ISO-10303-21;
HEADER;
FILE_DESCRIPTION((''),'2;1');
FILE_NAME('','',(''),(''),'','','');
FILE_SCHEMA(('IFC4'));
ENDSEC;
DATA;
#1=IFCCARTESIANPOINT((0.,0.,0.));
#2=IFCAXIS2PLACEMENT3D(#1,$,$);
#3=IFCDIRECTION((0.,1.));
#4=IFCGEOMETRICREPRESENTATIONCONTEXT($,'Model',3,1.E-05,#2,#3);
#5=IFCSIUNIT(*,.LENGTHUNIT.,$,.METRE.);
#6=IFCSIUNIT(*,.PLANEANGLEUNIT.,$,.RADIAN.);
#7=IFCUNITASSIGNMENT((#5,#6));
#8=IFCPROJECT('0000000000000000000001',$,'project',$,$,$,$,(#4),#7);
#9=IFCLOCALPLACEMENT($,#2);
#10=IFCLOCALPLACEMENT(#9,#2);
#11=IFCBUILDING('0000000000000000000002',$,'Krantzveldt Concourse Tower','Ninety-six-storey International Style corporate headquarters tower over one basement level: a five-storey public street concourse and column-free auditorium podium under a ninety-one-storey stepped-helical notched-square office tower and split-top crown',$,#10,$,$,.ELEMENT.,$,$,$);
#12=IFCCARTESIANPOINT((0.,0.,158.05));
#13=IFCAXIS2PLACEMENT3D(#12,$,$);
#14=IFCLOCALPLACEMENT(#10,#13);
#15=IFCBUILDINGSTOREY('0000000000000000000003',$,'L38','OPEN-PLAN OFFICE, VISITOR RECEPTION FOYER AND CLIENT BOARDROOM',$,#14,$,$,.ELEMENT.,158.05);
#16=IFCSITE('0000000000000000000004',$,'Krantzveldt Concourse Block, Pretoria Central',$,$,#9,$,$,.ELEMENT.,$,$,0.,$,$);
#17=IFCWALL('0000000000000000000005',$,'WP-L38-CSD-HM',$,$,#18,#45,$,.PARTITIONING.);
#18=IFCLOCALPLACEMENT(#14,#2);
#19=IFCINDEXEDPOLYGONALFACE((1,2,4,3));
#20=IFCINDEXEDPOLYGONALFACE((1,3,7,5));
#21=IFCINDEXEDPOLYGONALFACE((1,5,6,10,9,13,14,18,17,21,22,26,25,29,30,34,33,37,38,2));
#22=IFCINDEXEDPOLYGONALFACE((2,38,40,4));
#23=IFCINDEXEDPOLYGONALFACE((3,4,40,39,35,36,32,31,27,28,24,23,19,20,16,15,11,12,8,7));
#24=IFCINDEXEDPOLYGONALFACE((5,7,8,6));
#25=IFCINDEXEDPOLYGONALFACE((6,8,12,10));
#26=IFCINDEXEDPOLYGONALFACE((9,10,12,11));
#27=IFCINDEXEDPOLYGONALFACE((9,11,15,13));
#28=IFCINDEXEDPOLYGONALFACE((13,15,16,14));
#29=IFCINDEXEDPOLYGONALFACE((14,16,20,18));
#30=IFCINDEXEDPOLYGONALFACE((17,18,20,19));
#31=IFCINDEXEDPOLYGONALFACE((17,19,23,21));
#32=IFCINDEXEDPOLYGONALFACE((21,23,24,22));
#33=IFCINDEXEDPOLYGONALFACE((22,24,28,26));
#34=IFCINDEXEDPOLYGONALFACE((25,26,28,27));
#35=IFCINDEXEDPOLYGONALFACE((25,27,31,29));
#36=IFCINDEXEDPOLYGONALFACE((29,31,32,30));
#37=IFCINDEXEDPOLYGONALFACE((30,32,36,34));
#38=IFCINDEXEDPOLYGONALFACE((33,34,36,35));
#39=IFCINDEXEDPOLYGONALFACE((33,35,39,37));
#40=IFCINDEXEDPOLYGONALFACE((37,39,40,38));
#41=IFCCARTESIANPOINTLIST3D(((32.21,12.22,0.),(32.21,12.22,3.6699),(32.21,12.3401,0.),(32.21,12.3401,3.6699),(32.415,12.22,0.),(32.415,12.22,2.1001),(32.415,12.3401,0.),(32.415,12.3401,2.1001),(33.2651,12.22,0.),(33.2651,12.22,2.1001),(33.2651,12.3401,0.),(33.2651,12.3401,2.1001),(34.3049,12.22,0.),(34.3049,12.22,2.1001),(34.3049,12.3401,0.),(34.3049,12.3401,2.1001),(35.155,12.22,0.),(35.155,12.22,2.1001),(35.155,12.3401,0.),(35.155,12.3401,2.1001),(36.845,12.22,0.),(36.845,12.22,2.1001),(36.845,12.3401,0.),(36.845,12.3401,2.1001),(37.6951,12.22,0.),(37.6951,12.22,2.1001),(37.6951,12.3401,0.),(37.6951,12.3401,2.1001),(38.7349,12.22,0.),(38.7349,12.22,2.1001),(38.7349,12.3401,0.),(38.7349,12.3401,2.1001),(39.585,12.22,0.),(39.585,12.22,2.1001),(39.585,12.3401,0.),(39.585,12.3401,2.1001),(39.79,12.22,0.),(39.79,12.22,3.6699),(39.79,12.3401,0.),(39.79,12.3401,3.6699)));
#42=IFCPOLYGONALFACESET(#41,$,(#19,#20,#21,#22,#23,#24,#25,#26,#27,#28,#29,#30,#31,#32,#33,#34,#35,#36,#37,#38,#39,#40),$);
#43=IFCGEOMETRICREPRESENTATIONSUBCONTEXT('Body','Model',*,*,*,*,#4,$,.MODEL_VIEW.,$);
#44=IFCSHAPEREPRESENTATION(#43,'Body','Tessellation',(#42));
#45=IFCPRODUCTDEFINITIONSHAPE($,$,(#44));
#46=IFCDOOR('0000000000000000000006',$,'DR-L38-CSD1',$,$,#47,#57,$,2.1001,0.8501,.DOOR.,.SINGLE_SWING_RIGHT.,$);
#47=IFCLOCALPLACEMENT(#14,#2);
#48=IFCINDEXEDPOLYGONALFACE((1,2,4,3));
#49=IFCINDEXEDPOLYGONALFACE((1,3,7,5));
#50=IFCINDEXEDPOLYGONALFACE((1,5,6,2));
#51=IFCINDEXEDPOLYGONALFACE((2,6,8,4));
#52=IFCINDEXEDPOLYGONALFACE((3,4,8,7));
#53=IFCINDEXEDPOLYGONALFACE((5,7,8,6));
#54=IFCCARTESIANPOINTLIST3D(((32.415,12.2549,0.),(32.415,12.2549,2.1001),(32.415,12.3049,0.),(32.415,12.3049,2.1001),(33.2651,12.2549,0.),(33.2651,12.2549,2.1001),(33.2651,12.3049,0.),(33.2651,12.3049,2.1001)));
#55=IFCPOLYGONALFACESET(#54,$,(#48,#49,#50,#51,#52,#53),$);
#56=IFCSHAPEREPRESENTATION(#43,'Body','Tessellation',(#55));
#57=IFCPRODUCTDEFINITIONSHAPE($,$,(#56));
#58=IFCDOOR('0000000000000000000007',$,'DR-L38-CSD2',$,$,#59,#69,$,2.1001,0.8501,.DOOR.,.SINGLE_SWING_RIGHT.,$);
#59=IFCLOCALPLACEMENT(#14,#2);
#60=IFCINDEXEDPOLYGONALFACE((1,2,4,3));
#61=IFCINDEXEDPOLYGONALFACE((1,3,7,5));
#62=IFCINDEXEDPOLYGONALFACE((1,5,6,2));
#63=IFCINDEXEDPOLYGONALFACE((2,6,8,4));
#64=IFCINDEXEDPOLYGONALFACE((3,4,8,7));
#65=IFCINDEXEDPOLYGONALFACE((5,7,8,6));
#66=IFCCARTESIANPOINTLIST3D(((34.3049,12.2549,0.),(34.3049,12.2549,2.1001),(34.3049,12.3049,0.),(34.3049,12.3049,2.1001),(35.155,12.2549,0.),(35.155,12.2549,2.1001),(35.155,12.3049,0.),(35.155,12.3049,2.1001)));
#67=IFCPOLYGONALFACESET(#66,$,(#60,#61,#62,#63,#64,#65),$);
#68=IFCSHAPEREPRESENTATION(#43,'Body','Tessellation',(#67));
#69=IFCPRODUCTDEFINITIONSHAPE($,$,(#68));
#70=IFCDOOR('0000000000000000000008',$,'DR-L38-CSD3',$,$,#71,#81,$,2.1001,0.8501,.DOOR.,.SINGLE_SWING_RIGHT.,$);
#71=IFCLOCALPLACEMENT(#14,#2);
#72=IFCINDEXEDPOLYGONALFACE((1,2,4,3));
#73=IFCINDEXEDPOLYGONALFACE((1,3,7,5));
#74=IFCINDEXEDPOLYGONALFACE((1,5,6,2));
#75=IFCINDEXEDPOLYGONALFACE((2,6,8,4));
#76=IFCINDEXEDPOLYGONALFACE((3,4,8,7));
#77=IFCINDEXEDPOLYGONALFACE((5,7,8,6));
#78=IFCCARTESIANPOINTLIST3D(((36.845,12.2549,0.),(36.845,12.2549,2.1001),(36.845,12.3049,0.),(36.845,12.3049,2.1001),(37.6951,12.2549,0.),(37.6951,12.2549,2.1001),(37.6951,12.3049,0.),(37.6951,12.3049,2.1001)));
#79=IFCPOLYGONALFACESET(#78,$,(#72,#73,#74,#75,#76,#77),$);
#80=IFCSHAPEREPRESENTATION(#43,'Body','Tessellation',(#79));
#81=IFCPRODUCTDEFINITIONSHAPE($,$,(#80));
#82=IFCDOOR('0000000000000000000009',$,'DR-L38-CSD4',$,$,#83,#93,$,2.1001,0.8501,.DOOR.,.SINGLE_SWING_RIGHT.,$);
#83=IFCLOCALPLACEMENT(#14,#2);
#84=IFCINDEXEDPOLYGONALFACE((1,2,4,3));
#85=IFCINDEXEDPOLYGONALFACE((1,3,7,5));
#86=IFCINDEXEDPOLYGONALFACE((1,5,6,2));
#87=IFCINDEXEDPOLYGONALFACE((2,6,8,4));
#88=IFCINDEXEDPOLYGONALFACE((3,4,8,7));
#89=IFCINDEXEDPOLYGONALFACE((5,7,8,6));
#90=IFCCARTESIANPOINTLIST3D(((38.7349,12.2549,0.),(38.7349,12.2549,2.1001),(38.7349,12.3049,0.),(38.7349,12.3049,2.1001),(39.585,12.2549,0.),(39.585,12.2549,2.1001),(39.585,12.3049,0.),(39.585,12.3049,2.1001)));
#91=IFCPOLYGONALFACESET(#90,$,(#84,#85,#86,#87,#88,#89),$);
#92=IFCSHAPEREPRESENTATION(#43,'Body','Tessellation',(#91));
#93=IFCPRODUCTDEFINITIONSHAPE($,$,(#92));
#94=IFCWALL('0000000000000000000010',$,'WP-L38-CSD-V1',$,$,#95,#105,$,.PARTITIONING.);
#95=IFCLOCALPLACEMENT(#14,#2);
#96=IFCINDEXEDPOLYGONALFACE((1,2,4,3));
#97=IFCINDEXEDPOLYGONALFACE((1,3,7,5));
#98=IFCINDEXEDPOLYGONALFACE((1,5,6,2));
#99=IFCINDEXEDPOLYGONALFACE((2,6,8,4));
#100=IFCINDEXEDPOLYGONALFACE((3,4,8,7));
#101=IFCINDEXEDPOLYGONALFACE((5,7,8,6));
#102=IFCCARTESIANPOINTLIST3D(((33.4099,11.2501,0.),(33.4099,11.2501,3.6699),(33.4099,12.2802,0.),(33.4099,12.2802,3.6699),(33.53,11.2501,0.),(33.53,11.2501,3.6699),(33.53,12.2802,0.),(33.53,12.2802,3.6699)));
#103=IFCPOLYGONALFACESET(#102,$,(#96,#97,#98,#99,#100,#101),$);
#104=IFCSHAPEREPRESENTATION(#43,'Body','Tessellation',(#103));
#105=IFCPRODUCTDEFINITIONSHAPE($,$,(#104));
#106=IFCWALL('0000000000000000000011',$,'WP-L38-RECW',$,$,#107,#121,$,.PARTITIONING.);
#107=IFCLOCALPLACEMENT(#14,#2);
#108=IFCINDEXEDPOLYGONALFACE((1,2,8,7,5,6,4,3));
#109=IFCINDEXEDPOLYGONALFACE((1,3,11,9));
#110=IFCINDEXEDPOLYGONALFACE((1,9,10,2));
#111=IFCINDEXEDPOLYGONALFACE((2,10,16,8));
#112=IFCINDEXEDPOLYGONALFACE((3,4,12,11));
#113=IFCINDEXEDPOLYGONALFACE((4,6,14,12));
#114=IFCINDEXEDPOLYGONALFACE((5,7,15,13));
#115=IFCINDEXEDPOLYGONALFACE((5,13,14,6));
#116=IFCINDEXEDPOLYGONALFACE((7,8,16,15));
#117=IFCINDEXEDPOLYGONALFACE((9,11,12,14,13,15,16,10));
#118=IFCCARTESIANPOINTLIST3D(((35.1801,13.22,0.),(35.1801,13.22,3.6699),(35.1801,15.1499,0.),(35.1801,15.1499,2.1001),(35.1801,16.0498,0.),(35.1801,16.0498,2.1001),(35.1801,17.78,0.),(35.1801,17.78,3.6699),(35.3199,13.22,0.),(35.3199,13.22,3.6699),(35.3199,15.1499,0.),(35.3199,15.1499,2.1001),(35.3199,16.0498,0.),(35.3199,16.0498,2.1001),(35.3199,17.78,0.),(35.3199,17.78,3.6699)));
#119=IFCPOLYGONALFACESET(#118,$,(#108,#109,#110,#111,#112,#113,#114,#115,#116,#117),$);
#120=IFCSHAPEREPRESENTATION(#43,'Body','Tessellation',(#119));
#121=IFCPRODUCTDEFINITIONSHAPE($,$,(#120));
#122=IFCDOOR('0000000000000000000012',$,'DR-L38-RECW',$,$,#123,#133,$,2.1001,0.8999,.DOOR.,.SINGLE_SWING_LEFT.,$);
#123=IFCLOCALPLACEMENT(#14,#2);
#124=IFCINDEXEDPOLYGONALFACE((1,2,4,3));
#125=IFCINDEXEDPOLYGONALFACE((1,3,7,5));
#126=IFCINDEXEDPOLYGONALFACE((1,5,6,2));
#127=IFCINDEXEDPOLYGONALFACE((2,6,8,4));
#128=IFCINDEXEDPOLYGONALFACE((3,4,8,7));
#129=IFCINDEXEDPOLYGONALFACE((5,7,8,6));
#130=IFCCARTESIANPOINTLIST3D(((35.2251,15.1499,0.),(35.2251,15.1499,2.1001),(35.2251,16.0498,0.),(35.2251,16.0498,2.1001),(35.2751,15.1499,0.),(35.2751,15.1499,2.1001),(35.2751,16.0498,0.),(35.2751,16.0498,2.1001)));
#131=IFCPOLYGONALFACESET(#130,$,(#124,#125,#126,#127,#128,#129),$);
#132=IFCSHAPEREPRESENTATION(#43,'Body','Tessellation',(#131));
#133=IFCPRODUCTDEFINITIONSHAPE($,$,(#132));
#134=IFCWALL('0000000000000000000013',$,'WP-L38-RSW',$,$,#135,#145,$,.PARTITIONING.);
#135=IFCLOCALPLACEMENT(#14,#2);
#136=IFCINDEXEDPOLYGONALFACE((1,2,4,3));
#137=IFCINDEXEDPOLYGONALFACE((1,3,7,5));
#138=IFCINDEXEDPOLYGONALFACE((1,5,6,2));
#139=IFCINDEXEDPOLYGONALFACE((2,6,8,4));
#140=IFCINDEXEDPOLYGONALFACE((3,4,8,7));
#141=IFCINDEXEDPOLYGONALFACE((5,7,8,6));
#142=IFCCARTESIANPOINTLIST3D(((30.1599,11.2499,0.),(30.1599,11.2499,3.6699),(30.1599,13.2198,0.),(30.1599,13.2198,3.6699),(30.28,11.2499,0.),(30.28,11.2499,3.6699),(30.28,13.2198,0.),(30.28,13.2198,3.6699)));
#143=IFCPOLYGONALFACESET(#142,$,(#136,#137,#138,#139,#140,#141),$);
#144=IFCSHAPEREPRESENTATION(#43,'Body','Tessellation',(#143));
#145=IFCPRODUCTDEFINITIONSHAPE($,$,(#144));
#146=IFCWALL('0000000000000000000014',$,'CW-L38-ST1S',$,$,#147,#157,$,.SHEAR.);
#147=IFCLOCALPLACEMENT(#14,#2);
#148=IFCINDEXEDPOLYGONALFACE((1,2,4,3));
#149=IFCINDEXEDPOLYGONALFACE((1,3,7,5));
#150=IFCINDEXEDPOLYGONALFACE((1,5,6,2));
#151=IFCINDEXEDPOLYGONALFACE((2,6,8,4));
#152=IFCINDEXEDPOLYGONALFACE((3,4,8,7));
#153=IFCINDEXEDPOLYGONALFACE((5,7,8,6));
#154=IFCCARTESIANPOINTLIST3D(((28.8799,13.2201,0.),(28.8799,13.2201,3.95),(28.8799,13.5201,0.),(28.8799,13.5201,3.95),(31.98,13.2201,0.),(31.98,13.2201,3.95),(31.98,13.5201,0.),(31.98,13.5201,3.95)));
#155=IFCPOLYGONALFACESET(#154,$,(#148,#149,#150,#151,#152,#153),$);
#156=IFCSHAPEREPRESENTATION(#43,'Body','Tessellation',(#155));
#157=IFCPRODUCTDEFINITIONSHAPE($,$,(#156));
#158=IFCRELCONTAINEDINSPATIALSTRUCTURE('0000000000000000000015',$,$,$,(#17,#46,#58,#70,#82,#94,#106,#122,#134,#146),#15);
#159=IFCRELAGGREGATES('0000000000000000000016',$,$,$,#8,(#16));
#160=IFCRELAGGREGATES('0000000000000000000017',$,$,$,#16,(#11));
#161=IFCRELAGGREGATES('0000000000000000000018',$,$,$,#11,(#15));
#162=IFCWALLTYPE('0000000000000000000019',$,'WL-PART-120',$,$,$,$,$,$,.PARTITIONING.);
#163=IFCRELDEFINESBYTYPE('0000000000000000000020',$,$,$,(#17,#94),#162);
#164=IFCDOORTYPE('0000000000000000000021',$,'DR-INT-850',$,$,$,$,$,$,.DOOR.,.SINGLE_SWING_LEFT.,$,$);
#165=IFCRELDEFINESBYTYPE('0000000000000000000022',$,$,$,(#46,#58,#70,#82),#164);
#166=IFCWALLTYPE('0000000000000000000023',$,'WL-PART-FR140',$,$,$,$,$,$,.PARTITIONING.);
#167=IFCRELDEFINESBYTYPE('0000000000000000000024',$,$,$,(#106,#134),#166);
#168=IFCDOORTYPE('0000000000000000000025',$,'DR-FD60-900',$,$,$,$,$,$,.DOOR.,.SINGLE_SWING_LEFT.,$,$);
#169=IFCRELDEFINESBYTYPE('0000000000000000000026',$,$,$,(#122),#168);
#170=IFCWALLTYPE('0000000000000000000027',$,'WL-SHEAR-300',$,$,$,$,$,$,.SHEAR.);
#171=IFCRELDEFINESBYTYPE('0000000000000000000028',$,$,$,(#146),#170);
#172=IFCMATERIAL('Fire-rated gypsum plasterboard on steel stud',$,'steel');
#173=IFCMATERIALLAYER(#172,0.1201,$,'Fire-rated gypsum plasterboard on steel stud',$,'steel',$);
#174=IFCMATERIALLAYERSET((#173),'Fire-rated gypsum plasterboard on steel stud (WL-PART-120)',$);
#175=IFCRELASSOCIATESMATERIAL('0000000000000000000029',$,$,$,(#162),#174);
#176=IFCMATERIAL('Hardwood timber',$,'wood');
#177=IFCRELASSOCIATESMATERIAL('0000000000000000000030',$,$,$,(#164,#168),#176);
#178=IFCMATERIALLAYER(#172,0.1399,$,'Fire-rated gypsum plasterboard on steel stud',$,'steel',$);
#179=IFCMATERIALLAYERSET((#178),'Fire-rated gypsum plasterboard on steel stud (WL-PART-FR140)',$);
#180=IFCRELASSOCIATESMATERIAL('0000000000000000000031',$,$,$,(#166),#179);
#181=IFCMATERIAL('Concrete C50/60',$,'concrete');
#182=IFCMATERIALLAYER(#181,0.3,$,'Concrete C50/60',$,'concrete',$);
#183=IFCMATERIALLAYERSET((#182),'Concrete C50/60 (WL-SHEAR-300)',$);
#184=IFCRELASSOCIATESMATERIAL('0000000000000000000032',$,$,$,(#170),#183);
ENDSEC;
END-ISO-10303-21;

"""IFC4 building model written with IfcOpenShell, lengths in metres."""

from ifc_helpers import new_model, si_unit, direction, frame, frame_2d, origin, place, context, subcontext, project, spatial, rectangle, extrude, material, layer, layer_set, type_object, element, fill, save


model = new_model("IFC4")

# Units and contexts
model_context = context("Model", 3, precision=1e-05, world=origin(), true_north=direction((0.0, 1.0)))
body_context = subcontext(model_context, "Body", "Model", "MODEL_VIEW")
ifc_project = project(units=[si_unit("LENGTHUNIT", "METRE"), si_unit("PLANEANGLEUNIT", "RADIAN")], contexts=[model_context])

# Site, building, storey
site_placement = place(None, origin())
site = spatial("IfcSite", under=ifc_project, at=site_placement, Name="Krantzveldt Concourse Block, Pretoria Central", CompositionType="ELEMENT", RefElevation=0.0)
building_placement = place(site_placement, origin())
building = spatial("IfcBuilding", under=site, at=building_placement, Name="Krantzveldt Concourse Tower", Description="Ninety-six-storey International Style corporate headquarters tower over one basement level: a five-storey public street concourse and column-free auditorium podium under a ninety-one-storey stepped-helical notched-square office tower and split-top crown", CompositionType="ELEMENT")
storey_placement = place(building_placement, frame((0.0, 0.0, 158.05)))
storey = spatial("IfcBuildingStorey", under=building, at=storey_placement, Name="L38", Description="OPEN-PLAN OFFICE, VISITOR RECEPTION FOYER AND CLIENT BOARDROOM", CompositionType="ELEMENT", Elevation=158.05)

# Shared definitions
ifc_material_1 = material(Name="Fire-rated gypsum plasterboard on steel stud", Category="steel")
ifc_layer_1 = layer(ifc_material_1, 0.1201, Name="Fire-rated gypsum plasterboard on steel stud", Category="steel")
ifc_layer_set_1 = layer_set([ifc_layer_1], Name="Fire-rated gypsum plasterboard on steel stud (WL-PART-120)")
wall_type_1 = type_object("IfcWallType", Name="WL-PART-120", PredefinedType="PARTITIONING", material=ifc_layer_set_1)
ifc_material_2 = material(Name="Hardwood timber", Category="wood")
door_type_1 = type_object("IfcDoorType", Name="DR-INT-850", OperationType="SINGLE_SWING_LEFT", PredefinedType="DOOR", material=ifc_material_2)

# Wall, openings, doors
wall_1_placement = place(storey_placement, frame((32.21, 12.28, 0.0), z_axis=(0.0, 0.0, 1.0), x_axis=(1.0, 0.0, 0.0)))
wall_1 = element("IfcWall", 1, at=wall_1_placement, inside=storey, type_object=wall_type_1, Name="WP-L38-CSD-HM", PredefinedType="PARTITIONING", context=body_context, shape_type="SweptSolid", body=[
    extrude(rectangle(XDim=7.5801, YDim=0.1201, at=frame_2d((3.79, 0.0))), origin(), (0.0, 0.0, 1.0), 3.6699),
])
opening_1_placement = place(wall_1_placement, frame((0.2051, 0.0, 0.0)))
opening_1 = element("IfcOpeningElement", 2, at=opening_1_placement, cuts=wall_1, PredefinedType="OPENING", context=body_context, shape_type="SweptSolid", body=[
    extrude(rectangle(XDim=0.8501, YDim=2.1001, at=frame_2d((0.425, 1.05))), frame((0.0, 0.0701, 0.0), z_axis=(0.0, -1.0, 0.0), x_axis=(1.0, 0.0, 0.0)), (0.0, 0.0, 1.0), 0.1401),
])
opening_2_placement = place(wall_1_placement, frame((2.095, 0.0, 0.0)))
opening_2 = element("IfcOpeningElement", 3, at=opening_2_placement, cuts=wall_1, PredefinedType="OPENING", context=body_context, shape_type="SweptSolid", body=[
    extrude(rectangle(XDim=0.8501, YDim=2.1001, at=frame_2d((0.425, 1.05))), frame((0.0, 0.0701, 0.0), z_axis=(0.0, -1.0, 0.0), x_axis=(1.0, 0.0, 0.0)), (0.0, 0.0, 1.0), 0.1401),
])
opening_3_placement = place(wall_1_placement, frame((4.635, 0.0, 0.0)))
opening_3 = element("IfcOpeningElement", 4, at=opening_3_placement, cuts=wall_1, PredefinedType="OPENING", context=body_context, shape_type="SweptSolid", body=[
    extrude(rectangle(XDim=0.8501, YDim=2.1001, at=frame_2d((0.425, 1.05))), frame((0.0, 0.0701, 0.0), z_axis=(0.0, -1.0, 0.0), x_axis=(1.0, 0.0, 0.0)), (0.0, 0.0, 1.0), 0.1401),
])
opening_4_placement = place(wall_1_placement, frame((6.5249, 0.0, 0.0)))
opening_4 = element("IfcOpeningElement", 5, at=opening_4_placement, cuts=wall_1, PredefinedType="OPENING", context=body_context, shape_type="SweptSolid", body=[
    extrude(rectangle(XDim=0.8501, YDim=2.1001, at=frame_2d((0.425, 1.05))), frame((0.0, 0.0701, 0.0), z_axis=(0.0, -1.0, 0.0), x_axis=(1.0, 0.0, 0.0)), (0.0, 0.0, 1.0), 0.1401),
])
door_1_placement = place(opening_1_placement, origin())
door_1 = element("IfcDoor", 6, at=door_1_placement, inside=storey, type_object=door_type_1, Name="DR-L38-CSD1", OperationType="SINGLE_SWING_RIGHT", OverallHeight=2.1001, OverallWidth=0.8501, PredefinedType="DOOR", context=body_context, shape_type="SweptSolid", body=[
    extrude(rectangle(XDim=0.8501, YDim=2.1001, at=frame_2d((0.425, 1.05))), frame((0.0, 0.0249, 0.0), z_axis=(0.0, -1.0, 0.0), x_axis=(1.0, 0.0, 0.0)), (0.0, 0.0, 1.0), 0.05),
])
fill(opening_1, door_1)
door_2_placement = place(opening_2_placement, origin())
door_2 = element("IfcDoor", 7, at=door_2_placement, inside=storey, type_object=door_type_1, Name="DR-L38-CSD2", OperationType="SINGLE_SWING_RIGHT", OverallHeight=2.1001, OverallWidth=0.8501, PredefinedType="DOOR", context=body_context, shape_type="SweptSolid", body=[
    extrude(rectangle(XDim=0.8501, YDim=2.1001, at=frame_2d((0.425, 1.05))), frame((0.0, 0.0249, 0.0), z_axis=(0.0, -1.0, 0.0), x_axis=(1.0, 0.0, 0.0)), (0.0, 0.0, 1.0), 0.05),
])
fill(opening_2, door_2)
door_3_placement = place(opening_3_placement, origin())
door_3 = element("IfcDoor", 8, at=door_3_placement, inside=storey, type_object=door_type_1, Name="DR-L38-CSD3", OperationType="SINGLE_SWING_RIGHT", OverallHeight=2.1001, OverallWidth=0.8501, PredefinedType="DOOR", context=body_context, shape_type="SweptSolid", body=[
    extrude(rectangle(XDim=0.8501, YDim=2.1001, at=frame_2d((0.425, 1.05))), frame((0.0, 0.0249, 0.0), z_axis=(0.0, -1.0, 0.0), x_axis=(1.0, 0.0, 0.0)), (0.0, 0.0, 1.0), 0.05),
])
fill(opening_3, door_3)
door_4_placement = place(opening_4_placement, origin())
door_4 = element("IfcDoor", 9, at=door_4_placement, inside=storey, type_object=door_type_1, Name="DR-L38-CSD4", OperationType="SINGLE_SWING_RIGHT", OverallHeight=2.1001, OverallWidth=0.8501, PredefinedType="DOOR", context=body_context, shape_type="SweptSolid", body=[
    extrude(rectangle(XDim=0.8501, YDim=2.1001, at=frame_2d((0.425, 1.05))), frame((0.0, 0.0249, 0.0), z_axis=(0.0, -1.0, 0.0), x_axis=(1.0, 0.0, 0.0)), (0.0, 0.0, 1.0), 0.05),
])
fill(opening_4, door_4)

# Wall
wall_2_placement = place(storey_placement, frame((33.47, 11.25, 0.0), z_axis=(0.0, 0.0, 1.0), x_axis=(0.0, 1.0, 0.0)))
element("IfcWall", 10, at=wall_2_placement, inside=storey, type_object=wall_type_1, Name="WP-L38-CSD-V1", PredefinedType="PARTITIONING", context=body_context, shape_type="SweptSolid", body=[
    extrude(rectangle(XDim=1.03, YDim=0.1201, at=frame_2d((0.5151, 0.0))), origin(), (0.0, 0.0, 1.0), 3.6699),
])

# Wall, opening, door
ifc_layer_2 = layer(ifc_material_1, 0.1399, Name="Fire-rated gypsum plasterboard on steel stud", Category="steel")
ifc_layer_set_2 = layer_set([ifc_layer_2], Name="Fire-rated gypsum plasterboard on steel stud (WL-PART-FR140)")
wall_type_2 = type_object("IfcWallType", Name="WL-PART-FR140", PredefinedType="PARTITIONING", material=ifc_layer_set_2)
wall_3_placement = place(storey_placement, frame((35.25, 13.22, 0.0), z_axis=(0.0, 0.0, 1.0), x_axis=(0.0, 1.0, 0.0)))
wall_3 = element("IfcWall", 11, at=wall_3_placement, inside=storey, type_object=wall_type_2, Name="WP-L38-RECW", PredefinedType="PARTITIONING", context=body_context, shape_type="SweptSolid", body=[
    extrude(rectangle(XDim=4.5601, YDim=0.1399, at=frame_2d((2.28, 0.0))), origin(), (0.0, 0.0, 1.0), 3.6699),
])
opening_5_placement = place(wall_3_placement, frame((1.9299, 0.0, 0.0)))
opening_5 = element("IfcOpeningElement", 12, at=opening_5_placement, cuts=wall_3, PredefinedType="OPENING", context=body_context, shape_type="SweptSolid", body=[
    extrude(rectangle(XDim=0.8999, YDim=2.1001, at=frame_2d((0.45, 1.05))), frame((0.0, 0.0801, 0.0), z_axis=(0.0, -1.0, 0.0), x_axis=(1.0, 0.0, 0.0)), (0.0, 0.0, 1.0), 0.1599),
])
door_type_2 = type_object("IfcDoorType", Name="DR-FD60-900", OperationType="SINGLE_SWING_LEFT", PredefinedType="DOOR", material=ifc_material_2)
door_5_placement = place(opening_5_placement, origin())
door_5 = element("IfcDoor", 13, at=door_5_placement, inside=storey, type_object=door_type_2, Name="DR-L38-RECW", OperationType="SINGLE_SWING_LEFT", OverallHeight=2.1001, OverallWidth=0.8999, PredefinedType="DOOR", context=body_context, shape_type="SweptSolid", body=[
    extrude(rectangle(XDim=0.8999, YDim=2.1001, at=frame_2d((0.45, 1.05))), frame((0.0, 0.0249, 0.0), z_axis=(0.0, -1.0, 0.0), x_axis=(1.0, 0.0, 0.0)), (0.0, 0.0, 1.0), 0.05),
])
fill(opening_5, door_5)

# Walls
wall_4_placement = place(storey_placement, frame((30.22, 11.25, 0.0), z_axis=(0.0, 0.0, 1.0), x_axis=(0.0, 1.0, 0.0)))
element("IfcWall", 14, at=wall_4_placement, inside=storey, type_object=wall_type_2, Name="WP-L38-RSW", PredefinedType="PARTITIONING", context=body_context, shape_type="SweptSolid", body=[
    extrude(rectangle(XDim=1.97, YDim=0.1201, at=frame_2d((0.9849, 0.0))), origin(), (0.0, 0.0, 1.0), 3.6699),
])
ifc_material_3 = material(Name="Concrete C50/60", Category="concrete")
ifc_layer_3 = layer(ifc_material_3, 0.3, Name="Concrete C50/60", Category="concrete")
ifc_layer_set_3 = layer_set([ifc_layer_3], Name="Concrete C50/60 (WL-SHEAR-300)")
wall_type_3 = type_object("IfcWallType", Name="WL-SHEAR-300", PredefinedType="SHEAR", material=ifc_layer_set_3)
wall_5_placement = place(storey_placement, frame((28.8799, 13.3701, 0.0), z_axis=(0.0, 0.0, 1.0), x_axis=(1.0, 0.0, 0.0)))
element("IfcWall", 15, at=wall_5_placement, inside=storey, type_object=wall_type_3, Name="CW-L38-ST1S", PredefinedType="SHEAR", context=body_context, shape_type="SweptSolid", body=[
    extrude(rectangle(XDim=3.1001, YDim=0.3, at=frame_2d((1.55, 0.0))), origin(), (0.0, 0.0, 1.0), 3.95),
])

save(model, "model.ifc")
